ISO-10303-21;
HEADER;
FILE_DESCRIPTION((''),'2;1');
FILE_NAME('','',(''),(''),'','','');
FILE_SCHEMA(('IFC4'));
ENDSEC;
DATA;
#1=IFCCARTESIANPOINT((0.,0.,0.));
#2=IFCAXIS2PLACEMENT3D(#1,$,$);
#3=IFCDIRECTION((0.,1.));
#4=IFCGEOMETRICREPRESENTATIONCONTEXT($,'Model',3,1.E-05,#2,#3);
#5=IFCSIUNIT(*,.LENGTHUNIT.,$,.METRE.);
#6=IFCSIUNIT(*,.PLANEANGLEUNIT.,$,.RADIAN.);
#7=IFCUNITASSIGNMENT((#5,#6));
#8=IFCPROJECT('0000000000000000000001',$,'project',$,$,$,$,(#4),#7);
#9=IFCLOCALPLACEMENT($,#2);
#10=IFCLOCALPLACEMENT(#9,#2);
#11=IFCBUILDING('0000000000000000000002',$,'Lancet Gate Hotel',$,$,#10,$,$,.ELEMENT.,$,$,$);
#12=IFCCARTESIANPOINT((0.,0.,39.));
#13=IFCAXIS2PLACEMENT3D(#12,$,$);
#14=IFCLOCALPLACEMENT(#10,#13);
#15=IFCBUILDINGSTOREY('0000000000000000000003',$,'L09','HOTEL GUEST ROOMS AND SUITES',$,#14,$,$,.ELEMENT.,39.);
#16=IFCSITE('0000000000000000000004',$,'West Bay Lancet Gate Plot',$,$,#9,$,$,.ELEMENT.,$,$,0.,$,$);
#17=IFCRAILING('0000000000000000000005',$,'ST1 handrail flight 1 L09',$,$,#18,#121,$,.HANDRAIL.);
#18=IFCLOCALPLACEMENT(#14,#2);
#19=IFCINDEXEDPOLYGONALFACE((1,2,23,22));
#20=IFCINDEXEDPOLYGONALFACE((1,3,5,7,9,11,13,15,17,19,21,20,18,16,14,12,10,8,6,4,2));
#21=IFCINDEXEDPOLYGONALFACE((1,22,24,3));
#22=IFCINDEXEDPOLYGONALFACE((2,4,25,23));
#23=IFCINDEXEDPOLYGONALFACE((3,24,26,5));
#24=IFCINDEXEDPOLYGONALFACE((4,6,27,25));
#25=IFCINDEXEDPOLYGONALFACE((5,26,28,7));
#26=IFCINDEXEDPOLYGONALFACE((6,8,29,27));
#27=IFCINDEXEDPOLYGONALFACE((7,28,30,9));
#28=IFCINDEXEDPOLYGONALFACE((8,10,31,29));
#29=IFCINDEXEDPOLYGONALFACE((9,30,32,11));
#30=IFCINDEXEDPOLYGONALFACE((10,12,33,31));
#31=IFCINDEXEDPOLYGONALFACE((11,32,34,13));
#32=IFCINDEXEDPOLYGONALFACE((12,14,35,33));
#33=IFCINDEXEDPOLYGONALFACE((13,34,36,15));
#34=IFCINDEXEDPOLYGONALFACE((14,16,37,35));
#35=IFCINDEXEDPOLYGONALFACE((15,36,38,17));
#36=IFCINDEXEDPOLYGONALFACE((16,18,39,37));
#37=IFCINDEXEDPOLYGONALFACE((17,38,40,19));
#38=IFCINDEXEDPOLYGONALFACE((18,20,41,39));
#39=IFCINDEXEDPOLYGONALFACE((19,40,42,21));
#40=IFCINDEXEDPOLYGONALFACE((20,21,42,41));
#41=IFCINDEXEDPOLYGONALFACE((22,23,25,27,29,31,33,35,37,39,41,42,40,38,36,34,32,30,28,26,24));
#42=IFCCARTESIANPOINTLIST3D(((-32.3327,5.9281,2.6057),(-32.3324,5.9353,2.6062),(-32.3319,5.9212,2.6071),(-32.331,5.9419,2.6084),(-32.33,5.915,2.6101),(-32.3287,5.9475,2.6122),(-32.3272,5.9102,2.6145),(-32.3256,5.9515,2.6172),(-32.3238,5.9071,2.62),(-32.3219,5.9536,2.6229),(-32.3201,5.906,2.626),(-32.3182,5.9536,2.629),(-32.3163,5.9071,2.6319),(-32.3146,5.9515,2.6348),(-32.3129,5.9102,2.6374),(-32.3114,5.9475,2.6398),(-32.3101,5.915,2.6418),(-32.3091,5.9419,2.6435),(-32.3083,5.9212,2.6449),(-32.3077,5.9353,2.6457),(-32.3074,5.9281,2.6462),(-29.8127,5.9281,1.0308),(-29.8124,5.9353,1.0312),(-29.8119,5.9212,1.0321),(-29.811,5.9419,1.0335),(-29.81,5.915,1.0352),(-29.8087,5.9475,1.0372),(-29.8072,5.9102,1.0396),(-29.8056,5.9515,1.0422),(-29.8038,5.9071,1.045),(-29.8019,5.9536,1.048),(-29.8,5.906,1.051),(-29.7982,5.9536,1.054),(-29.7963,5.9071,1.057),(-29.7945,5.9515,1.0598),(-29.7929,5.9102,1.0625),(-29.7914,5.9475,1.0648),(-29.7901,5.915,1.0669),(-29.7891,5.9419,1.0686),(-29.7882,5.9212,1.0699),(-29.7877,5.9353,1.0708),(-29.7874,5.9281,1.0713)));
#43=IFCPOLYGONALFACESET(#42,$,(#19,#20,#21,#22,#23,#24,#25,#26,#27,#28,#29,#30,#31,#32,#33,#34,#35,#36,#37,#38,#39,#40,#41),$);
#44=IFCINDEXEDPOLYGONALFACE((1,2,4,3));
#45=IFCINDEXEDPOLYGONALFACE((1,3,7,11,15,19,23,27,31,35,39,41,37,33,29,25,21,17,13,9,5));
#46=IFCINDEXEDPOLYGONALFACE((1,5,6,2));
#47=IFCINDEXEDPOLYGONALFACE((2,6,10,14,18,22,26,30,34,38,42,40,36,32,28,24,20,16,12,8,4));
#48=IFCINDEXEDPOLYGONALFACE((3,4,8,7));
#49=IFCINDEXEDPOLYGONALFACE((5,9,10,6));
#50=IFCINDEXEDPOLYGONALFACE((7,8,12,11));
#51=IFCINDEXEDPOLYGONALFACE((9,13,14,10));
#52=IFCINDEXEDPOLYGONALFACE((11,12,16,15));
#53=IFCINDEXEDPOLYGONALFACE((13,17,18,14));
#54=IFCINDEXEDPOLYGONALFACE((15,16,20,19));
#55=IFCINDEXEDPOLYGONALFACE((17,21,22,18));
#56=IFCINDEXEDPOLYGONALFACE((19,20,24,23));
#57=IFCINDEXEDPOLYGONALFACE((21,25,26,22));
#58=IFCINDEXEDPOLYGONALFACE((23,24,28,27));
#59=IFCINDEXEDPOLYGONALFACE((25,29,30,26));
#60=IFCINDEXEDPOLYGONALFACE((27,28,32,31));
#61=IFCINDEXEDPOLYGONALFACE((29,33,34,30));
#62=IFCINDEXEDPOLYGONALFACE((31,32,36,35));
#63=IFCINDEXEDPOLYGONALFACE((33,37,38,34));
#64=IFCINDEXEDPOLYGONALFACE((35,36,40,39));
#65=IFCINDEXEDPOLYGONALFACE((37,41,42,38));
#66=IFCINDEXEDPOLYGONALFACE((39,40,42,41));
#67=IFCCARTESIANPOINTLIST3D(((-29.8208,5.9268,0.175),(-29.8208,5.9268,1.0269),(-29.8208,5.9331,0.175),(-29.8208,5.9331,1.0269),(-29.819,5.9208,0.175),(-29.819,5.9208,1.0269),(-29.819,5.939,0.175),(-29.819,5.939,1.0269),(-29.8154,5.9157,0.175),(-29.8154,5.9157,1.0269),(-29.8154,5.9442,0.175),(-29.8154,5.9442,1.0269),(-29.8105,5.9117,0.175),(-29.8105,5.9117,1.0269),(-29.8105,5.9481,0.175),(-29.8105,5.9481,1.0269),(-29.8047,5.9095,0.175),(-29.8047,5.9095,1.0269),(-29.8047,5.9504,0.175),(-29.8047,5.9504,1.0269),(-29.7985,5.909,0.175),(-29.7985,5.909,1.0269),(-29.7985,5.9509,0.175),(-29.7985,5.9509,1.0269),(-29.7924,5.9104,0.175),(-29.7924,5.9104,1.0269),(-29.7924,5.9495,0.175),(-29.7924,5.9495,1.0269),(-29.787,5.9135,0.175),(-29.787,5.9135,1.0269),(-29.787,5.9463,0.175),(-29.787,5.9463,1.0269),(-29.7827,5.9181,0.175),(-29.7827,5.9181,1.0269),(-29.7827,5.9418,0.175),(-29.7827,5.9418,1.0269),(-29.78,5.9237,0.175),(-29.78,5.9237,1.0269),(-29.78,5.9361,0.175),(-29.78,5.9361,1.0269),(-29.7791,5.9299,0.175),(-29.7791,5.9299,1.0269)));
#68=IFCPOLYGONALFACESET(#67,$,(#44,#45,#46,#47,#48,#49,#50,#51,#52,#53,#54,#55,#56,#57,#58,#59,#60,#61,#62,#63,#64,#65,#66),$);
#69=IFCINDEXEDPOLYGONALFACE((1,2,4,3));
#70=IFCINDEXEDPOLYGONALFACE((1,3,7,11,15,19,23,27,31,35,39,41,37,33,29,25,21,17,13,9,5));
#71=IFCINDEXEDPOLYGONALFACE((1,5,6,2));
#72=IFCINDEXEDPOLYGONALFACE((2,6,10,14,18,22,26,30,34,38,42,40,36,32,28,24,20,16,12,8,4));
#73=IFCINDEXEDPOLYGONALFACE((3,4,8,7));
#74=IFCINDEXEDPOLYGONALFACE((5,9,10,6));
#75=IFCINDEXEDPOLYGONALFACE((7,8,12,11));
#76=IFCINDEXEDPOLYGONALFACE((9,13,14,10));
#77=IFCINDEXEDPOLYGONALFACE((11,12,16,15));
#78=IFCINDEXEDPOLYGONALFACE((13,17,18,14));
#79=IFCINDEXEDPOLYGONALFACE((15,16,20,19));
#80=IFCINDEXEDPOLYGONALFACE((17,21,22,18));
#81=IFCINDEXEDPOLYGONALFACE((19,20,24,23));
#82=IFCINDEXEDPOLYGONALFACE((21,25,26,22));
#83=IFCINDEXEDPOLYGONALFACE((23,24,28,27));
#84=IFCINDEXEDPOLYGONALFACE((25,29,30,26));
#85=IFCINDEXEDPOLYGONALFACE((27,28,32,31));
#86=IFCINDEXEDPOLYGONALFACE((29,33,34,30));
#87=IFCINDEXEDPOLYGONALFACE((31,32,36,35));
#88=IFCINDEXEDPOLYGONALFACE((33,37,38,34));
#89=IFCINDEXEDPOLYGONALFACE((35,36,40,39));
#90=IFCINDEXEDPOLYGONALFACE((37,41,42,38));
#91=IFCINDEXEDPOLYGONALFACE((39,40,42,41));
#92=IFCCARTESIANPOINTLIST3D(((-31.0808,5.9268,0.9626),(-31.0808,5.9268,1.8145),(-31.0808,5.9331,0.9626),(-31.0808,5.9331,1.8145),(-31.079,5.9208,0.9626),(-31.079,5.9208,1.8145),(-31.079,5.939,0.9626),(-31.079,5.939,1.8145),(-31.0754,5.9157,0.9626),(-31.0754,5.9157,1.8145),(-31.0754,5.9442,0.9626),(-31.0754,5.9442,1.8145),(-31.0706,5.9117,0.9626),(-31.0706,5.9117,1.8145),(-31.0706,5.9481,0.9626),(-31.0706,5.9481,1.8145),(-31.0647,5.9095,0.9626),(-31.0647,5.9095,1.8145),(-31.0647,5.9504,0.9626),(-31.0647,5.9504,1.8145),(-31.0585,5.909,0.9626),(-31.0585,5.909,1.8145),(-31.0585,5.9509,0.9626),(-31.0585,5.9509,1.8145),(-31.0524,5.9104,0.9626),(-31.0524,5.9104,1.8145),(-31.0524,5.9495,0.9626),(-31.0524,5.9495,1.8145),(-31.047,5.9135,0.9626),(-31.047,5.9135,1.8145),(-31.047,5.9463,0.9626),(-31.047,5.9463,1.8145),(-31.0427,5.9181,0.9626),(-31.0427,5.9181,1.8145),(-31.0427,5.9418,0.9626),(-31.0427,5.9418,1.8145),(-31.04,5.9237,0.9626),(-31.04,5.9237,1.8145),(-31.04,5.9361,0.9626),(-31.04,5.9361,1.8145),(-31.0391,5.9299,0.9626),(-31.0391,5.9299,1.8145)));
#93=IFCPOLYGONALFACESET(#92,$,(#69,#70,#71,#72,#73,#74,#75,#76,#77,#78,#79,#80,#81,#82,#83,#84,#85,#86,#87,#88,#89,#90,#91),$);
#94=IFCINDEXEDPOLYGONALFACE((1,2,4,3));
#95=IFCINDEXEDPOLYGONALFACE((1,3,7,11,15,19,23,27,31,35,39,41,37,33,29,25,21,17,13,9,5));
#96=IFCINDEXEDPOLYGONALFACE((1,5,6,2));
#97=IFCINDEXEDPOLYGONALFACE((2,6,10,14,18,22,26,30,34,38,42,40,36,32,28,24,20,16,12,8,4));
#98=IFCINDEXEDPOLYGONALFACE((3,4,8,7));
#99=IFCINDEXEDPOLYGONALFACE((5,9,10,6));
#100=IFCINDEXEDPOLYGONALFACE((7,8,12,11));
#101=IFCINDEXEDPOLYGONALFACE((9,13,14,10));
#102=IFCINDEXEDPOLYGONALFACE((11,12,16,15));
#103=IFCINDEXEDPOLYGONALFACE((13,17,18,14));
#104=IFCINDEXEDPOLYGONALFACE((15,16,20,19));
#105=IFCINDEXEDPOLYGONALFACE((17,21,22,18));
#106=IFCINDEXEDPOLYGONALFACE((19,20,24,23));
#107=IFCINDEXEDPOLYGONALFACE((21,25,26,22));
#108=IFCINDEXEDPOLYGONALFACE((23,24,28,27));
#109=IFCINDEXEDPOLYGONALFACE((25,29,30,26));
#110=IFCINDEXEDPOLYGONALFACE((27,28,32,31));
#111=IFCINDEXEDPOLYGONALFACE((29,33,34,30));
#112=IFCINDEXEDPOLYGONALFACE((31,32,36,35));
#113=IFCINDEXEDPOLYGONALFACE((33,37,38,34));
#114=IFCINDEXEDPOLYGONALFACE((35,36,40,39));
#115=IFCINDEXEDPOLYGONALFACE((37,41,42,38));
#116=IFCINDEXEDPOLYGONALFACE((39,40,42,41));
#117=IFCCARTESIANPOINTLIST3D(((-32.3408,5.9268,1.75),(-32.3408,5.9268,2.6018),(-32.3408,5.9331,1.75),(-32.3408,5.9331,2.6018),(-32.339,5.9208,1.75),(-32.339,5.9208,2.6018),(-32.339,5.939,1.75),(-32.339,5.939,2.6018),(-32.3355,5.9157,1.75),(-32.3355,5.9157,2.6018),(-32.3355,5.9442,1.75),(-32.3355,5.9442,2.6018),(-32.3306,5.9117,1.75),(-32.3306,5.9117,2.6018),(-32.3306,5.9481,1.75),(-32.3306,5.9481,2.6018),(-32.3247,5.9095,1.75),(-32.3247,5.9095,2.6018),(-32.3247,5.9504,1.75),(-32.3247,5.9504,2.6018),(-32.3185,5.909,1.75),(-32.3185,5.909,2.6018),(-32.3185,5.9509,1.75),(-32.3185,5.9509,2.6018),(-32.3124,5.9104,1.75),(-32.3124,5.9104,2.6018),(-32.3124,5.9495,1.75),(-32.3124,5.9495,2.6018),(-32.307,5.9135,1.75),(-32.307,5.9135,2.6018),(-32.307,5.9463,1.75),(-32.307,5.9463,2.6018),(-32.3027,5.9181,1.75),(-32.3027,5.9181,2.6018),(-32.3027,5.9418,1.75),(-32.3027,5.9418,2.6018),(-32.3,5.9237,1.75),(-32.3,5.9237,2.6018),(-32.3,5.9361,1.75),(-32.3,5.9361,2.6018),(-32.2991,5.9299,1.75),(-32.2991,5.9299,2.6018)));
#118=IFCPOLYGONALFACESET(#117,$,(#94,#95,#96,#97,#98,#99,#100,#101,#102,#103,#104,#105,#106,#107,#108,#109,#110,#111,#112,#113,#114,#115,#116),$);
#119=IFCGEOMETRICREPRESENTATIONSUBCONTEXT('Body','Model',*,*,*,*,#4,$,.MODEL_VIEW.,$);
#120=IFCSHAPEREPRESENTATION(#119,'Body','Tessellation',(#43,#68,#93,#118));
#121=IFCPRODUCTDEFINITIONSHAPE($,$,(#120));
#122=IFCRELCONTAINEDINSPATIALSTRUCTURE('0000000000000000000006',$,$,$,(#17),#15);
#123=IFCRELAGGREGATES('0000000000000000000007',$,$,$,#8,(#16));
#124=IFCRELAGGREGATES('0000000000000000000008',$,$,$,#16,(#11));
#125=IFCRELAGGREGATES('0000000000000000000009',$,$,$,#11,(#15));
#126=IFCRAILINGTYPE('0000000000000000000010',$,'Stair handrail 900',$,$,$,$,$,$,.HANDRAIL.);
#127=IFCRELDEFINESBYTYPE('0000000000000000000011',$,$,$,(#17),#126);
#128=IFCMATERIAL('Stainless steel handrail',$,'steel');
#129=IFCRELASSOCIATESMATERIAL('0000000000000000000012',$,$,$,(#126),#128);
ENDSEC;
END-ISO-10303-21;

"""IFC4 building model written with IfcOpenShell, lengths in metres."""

from ifc_helpers import new_model, si_unit, direction, frame, origin, origin_2d, place, context, subcontext, project, spatial, circle, extrude, material, type_object, element, save


model = new_model("IFC4")

# Units and contexts
model_context = context("Model", 3, precision=1e-05, world=origin(), true_north=direction((0.0, 1.0)))
body_context = subcontext(model_context, "Body", "Model", "MODEL_VIEW")
ifc_project = project(units=[si_unit("LENGTHUNIT", "METRE"), si_unit("PLANEANGLEUNIT", "RADIAN")], contexts=[model_context])

# Site, building, storey
site_placement = place(None, origin())
site = spatial("IfcSite", under=ifc_project, at=site_placement, Name="West Bay Lancet Gate Plot", CompositionType="ELEMENT", RefElevation=0.0)
building_placement = place(site_placement, origin())
building = spatial("IfcBuilding", under=site, at=building_placement, Name="Lancet Gate Hotel", CompositionType="ELEMENT")
storey_placement = place(building_placement, frame((0.0, 0.0, 39.0)))
storey = spatial("IfcBuildingStorey", under=building, at=storey_placement, Name="L09", Description="HOTEL GUEST ROOMS AND SUITES", CompositionType="ELEMENT", Elevation=39.0)

# Railing
ifc_material_1 = material(Name="Stainless steel handrail", Category="steel")
railing_type = type_object("IfcRailingType", Name="Stair handrail 900", PredefinedType="HANDRAIL", material=ifc_material_1)
railing_1_placement = place(storey_placement, frame((-29.8, 5.9299, 0.175)))
element("IfcRailing", 1, at=railing_1_placement, inside=storey, type_object=railing_type, Name="ST1 handrail flight 1 L09", PredefinedType="HANDRAIL", context=body_context, shape_type="SweptSolid", body=[
    extrude(circle(Radius=0.0239, at=origin_2d()), frame((0.0, 0.0, 0.876), z_axis=(-0.848008, 0.0, 0.529984), x_axis=(0.0, -1.0, 0.0)), (0.0, 0.0, 1.0), 2.9717),
    extrude(circle(Radius=0.021, at=origin_2d()), origin(), (0.0, 0.0, 1.0), 0.8518),
    extrude(circle(Radius=0.021, at=origin_2d()), frame((-1.26, 0.0, 0.7876)), (0.0, 0.0, 1.0), 0.8518),
    extrude(circle(Radius=0.021, at=origin_2d()), frame((-2.52, 0.0, 1.575)), (0.0, 0.0, 1.0), 0.8518),
])

save(model, "model.ifc")
